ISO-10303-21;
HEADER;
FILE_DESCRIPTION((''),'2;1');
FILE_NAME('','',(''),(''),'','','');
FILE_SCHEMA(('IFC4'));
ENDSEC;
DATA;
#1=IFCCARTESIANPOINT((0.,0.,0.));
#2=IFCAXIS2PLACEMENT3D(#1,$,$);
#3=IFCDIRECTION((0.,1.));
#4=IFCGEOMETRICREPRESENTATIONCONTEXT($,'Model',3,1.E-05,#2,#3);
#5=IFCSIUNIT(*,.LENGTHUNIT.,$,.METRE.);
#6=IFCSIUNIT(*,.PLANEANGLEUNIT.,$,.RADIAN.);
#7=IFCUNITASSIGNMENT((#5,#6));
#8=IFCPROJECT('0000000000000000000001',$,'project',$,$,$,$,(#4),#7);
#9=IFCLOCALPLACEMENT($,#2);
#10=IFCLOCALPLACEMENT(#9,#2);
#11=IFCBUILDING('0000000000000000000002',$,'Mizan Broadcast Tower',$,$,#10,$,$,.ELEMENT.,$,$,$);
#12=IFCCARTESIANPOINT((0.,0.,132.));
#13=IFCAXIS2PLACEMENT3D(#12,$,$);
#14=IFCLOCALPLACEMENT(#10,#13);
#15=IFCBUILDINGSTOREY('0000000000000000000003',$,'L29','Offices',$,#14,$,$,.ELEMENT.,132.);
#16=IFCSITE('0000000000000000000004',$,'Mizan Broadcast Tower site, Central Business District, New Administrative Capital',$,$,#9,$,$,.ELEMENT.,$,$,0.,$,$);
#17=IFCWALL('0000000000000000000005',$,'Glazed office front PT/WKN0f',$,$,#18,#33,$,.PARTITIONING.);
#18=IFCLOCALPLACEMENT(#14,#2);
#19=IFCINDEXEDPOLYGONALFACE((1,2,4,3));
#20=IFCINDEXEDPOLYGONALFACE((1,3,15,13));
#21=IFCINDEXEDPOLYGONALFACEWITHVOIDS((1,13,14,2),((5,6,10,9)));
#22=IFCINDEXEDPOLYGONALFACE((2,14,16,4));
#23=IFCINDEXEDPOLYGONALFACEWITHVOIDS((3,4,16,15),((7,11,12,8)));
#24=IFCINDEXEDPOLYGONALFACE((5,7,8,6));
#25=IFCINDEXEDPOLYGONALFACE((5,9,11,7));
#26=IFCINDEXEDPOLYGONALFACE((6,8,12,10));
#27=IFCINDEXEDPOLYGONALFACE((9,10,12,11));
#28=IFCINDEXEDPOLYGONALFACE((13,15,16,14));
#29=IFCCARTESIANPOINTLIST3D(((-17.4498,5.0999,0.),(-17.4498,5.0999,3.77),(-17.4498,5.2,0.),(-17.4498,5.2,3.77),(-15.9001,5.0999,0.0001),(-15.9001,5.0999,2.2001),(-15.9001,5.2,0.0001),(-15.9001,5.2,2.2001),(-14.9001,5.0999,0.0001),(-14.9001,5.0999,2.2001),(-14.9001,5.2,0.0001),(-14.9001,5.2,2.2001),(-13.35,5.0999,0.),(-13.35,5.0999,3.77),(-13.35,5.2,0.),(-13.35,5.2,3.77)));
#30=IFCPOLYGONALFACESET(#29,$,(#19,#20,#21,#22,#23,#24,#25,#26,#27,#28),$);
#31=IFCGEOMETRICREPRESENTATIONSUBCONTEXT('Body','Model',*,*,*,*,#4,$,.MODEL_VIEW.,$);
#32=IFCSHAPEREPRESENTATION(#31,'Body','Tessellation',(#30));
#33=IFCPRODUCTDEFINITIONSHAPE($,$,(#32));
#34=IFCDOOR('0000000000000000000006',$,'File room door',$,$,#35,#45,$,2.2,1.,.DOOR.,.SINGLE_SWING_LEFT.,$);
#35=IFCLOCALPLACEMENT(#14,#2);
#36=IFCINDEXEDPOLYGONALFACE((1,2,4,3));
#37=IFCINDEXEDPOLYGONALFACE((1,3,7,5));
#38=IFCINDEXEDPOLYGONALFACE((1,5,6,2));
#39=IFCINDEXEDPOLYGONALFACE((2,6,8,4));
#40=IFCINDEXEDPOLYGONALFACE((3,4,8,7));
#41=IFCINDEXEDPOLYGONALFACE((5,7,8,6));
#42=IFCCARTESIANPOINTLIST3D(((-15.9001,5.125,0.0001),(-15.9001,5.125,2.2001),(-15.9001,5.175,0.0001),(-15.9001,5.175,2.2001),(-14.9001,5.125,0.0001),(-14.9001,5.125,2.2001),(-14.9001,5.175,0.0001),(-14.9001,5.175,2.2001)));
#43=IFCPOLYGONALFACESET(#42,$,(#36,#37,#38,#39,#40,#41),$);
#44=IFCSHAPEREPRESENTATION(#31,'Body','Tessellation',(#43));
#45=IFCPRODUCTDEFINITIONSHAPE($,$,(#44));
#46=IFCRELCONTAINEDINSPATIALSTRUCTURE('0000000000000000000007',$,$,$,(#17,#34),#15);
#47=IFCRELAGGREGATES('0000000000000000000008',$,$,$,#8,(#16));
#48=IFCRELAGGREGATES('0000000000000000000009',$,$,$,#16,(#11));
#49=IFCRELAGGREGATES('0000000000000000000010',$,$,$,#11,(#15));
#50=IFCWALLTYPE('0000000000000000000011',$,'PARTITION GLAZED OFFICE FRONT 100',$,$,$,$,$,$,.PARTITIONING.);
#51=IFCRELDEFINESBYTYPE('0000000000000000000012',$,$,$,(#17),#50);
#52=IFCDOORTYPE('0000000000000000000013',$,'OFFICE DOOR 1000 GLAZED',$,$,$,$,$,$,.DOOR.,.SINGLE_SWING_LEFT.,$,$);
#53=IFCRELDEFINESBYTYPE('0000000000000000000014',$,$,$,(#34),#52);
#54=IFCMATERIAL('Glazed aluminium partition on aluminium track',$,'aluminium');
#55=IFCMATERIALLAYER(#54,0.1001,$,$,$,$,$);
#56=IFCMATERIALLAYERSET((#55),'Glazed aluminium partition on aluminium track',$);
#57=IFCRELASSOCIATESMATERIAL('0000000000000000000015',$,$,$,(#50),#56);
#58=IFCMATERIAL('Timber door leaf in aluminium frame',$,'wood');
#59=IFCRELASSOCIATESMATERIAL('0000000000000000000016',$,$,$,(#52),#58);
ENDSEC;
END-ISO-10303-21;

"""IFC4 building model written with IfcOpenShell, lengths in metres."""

from ifc_helpers import new_model, si_unit, direction, frame, frame_2d, origin, place, context, subcontext, project, spatial, rectangle, extrude, material, layer, layer_set, type_object, element, fill, save


model = new_model("IFC4")

# Units and contexts
model_context = context("Model", 3, precision=1e-05, world=origin(), true_north=direction((0.0, 1.0)))
body_context = subcontext(model_context, "Body", "Model", "MODEL_VIEW")
ifc_project = project(units=[si_unit("LENGTHUNIT", "METRE"), si_unit("PLANEANGLEUNIT", "RADIAN")], contexts=[model_context])

# Site, building, storey
site_placement = place(None, origin())
site = spatial("IfcSite", under=ifc_project, at=site_placement, Name="Mizan Broadcast Tower site, Central Business District, New Administrative Capital", CompositionType="ELEMENT", RefElevation=0.0)
building_placement = place(site_placement, origin())
building = spatial("IfcBuilding", under=site, at=building_placement, Name="Mizan Broadcast Tower", CompositionType="ELEMENT")
storey_placement = place(building_placement, frame((0.0, 0.0, 132.0)))
storey = spatial("IfcBuildingStorey", under=building, at=storey_placement, Name="L29", Description="Offices", CompositionType="ELEMENT", Elevation=132.0)

# Shared definitions
ifc_material_1 = material(Name="Glazed aluminium partition on aluminium track", Category="aluminium")
ifc_layer_1 = layer(ifc_material_1, 0.1001)
ifc_layer_set_1 = layer_set([ifc_layer_1], Name="Glazed aluminium partition on aluminium track")
wall_type = type_object("IfcWallType", Name="PARTITION GLAZED OFFICE FRONT 100", PredefinedType="PARTITIONING", material=ifc_layer_set_1)

# Wall, opening, door
wall_placement = place(storey_placement, frame((-13.3501, 5.1499, 0.0), z_axis=(0.0, 0.0, 1.0), x_axis=(-1.0, 0.0, 0.0)))
wall = element("IfcWall", 1, at=wall_placement, inside=storey, type_object=wall_type, Name="Glazed office front PT/WKN0f", PredefinedType="PARTITIONING", context=body_context, shape_type="SweptSolid", body=[
    extrude(rectangle(XDim=4.0999, YDim=0.1001, at=frame_2d((2.0498, 0.0))), origin(), (0.0, 0.0, 1.0), 3.77),
])
opening_placement = place(wall_placement, frame((1.55, 0.0, 0.0)))
opening = element("IfcOpeningElement", 2, at=opening_placement, cuts=wall, PredefinedType="OPENING", context=body_context, shape_type="SweptSolid", body=[
    extrude(rectangle(XDim=1.0, YDim=2.2, at=frame_2d((0.5, 1.1001))), frame((0.0, 0.0601, 0.0), z_axis=(0.0, -1.0, 0.0), x_axis=(1.0, 0.0, 0.0)), (0.0, 0.0, 1.0), 0.1201),
])
ifc_material_2 = material(Name="Timber door leaf in aluminium frame", Category="wood")
door_type = type_object("IfcDoorType", Name="OFFICE DOOR 1000 GLAZED", OperationType="SINGLE_SWING_LEFT", PredefinedType="DOOR", material=ifc_material_2)
door_placement = place(opening_placement, origin())
door = element("IfcDoor", 3, at=door_placement, inside=storey, type_object=door_type, Name="File room door", OperationType="SINGLE_SWING_LEFT", OverallHeight=2.2, OverallWidth=1.0, PredefinedType="DOOR", context=body_context, shape_type="SweptSolid", body=[
    extrude(rectangle(XDim=1.0, YDim=2.2, at=frame_2d((0.5, 1.1001))), frame((0.0, 0.0249, 0.0), z_axis=(0.0, -1.0, 0.0), x_axis=(1.0, 0.0, 0.0)), (0.0, 0.0, 1.0), 0.05),
])
fill(opening, door)

save(model, "model.ifc")
